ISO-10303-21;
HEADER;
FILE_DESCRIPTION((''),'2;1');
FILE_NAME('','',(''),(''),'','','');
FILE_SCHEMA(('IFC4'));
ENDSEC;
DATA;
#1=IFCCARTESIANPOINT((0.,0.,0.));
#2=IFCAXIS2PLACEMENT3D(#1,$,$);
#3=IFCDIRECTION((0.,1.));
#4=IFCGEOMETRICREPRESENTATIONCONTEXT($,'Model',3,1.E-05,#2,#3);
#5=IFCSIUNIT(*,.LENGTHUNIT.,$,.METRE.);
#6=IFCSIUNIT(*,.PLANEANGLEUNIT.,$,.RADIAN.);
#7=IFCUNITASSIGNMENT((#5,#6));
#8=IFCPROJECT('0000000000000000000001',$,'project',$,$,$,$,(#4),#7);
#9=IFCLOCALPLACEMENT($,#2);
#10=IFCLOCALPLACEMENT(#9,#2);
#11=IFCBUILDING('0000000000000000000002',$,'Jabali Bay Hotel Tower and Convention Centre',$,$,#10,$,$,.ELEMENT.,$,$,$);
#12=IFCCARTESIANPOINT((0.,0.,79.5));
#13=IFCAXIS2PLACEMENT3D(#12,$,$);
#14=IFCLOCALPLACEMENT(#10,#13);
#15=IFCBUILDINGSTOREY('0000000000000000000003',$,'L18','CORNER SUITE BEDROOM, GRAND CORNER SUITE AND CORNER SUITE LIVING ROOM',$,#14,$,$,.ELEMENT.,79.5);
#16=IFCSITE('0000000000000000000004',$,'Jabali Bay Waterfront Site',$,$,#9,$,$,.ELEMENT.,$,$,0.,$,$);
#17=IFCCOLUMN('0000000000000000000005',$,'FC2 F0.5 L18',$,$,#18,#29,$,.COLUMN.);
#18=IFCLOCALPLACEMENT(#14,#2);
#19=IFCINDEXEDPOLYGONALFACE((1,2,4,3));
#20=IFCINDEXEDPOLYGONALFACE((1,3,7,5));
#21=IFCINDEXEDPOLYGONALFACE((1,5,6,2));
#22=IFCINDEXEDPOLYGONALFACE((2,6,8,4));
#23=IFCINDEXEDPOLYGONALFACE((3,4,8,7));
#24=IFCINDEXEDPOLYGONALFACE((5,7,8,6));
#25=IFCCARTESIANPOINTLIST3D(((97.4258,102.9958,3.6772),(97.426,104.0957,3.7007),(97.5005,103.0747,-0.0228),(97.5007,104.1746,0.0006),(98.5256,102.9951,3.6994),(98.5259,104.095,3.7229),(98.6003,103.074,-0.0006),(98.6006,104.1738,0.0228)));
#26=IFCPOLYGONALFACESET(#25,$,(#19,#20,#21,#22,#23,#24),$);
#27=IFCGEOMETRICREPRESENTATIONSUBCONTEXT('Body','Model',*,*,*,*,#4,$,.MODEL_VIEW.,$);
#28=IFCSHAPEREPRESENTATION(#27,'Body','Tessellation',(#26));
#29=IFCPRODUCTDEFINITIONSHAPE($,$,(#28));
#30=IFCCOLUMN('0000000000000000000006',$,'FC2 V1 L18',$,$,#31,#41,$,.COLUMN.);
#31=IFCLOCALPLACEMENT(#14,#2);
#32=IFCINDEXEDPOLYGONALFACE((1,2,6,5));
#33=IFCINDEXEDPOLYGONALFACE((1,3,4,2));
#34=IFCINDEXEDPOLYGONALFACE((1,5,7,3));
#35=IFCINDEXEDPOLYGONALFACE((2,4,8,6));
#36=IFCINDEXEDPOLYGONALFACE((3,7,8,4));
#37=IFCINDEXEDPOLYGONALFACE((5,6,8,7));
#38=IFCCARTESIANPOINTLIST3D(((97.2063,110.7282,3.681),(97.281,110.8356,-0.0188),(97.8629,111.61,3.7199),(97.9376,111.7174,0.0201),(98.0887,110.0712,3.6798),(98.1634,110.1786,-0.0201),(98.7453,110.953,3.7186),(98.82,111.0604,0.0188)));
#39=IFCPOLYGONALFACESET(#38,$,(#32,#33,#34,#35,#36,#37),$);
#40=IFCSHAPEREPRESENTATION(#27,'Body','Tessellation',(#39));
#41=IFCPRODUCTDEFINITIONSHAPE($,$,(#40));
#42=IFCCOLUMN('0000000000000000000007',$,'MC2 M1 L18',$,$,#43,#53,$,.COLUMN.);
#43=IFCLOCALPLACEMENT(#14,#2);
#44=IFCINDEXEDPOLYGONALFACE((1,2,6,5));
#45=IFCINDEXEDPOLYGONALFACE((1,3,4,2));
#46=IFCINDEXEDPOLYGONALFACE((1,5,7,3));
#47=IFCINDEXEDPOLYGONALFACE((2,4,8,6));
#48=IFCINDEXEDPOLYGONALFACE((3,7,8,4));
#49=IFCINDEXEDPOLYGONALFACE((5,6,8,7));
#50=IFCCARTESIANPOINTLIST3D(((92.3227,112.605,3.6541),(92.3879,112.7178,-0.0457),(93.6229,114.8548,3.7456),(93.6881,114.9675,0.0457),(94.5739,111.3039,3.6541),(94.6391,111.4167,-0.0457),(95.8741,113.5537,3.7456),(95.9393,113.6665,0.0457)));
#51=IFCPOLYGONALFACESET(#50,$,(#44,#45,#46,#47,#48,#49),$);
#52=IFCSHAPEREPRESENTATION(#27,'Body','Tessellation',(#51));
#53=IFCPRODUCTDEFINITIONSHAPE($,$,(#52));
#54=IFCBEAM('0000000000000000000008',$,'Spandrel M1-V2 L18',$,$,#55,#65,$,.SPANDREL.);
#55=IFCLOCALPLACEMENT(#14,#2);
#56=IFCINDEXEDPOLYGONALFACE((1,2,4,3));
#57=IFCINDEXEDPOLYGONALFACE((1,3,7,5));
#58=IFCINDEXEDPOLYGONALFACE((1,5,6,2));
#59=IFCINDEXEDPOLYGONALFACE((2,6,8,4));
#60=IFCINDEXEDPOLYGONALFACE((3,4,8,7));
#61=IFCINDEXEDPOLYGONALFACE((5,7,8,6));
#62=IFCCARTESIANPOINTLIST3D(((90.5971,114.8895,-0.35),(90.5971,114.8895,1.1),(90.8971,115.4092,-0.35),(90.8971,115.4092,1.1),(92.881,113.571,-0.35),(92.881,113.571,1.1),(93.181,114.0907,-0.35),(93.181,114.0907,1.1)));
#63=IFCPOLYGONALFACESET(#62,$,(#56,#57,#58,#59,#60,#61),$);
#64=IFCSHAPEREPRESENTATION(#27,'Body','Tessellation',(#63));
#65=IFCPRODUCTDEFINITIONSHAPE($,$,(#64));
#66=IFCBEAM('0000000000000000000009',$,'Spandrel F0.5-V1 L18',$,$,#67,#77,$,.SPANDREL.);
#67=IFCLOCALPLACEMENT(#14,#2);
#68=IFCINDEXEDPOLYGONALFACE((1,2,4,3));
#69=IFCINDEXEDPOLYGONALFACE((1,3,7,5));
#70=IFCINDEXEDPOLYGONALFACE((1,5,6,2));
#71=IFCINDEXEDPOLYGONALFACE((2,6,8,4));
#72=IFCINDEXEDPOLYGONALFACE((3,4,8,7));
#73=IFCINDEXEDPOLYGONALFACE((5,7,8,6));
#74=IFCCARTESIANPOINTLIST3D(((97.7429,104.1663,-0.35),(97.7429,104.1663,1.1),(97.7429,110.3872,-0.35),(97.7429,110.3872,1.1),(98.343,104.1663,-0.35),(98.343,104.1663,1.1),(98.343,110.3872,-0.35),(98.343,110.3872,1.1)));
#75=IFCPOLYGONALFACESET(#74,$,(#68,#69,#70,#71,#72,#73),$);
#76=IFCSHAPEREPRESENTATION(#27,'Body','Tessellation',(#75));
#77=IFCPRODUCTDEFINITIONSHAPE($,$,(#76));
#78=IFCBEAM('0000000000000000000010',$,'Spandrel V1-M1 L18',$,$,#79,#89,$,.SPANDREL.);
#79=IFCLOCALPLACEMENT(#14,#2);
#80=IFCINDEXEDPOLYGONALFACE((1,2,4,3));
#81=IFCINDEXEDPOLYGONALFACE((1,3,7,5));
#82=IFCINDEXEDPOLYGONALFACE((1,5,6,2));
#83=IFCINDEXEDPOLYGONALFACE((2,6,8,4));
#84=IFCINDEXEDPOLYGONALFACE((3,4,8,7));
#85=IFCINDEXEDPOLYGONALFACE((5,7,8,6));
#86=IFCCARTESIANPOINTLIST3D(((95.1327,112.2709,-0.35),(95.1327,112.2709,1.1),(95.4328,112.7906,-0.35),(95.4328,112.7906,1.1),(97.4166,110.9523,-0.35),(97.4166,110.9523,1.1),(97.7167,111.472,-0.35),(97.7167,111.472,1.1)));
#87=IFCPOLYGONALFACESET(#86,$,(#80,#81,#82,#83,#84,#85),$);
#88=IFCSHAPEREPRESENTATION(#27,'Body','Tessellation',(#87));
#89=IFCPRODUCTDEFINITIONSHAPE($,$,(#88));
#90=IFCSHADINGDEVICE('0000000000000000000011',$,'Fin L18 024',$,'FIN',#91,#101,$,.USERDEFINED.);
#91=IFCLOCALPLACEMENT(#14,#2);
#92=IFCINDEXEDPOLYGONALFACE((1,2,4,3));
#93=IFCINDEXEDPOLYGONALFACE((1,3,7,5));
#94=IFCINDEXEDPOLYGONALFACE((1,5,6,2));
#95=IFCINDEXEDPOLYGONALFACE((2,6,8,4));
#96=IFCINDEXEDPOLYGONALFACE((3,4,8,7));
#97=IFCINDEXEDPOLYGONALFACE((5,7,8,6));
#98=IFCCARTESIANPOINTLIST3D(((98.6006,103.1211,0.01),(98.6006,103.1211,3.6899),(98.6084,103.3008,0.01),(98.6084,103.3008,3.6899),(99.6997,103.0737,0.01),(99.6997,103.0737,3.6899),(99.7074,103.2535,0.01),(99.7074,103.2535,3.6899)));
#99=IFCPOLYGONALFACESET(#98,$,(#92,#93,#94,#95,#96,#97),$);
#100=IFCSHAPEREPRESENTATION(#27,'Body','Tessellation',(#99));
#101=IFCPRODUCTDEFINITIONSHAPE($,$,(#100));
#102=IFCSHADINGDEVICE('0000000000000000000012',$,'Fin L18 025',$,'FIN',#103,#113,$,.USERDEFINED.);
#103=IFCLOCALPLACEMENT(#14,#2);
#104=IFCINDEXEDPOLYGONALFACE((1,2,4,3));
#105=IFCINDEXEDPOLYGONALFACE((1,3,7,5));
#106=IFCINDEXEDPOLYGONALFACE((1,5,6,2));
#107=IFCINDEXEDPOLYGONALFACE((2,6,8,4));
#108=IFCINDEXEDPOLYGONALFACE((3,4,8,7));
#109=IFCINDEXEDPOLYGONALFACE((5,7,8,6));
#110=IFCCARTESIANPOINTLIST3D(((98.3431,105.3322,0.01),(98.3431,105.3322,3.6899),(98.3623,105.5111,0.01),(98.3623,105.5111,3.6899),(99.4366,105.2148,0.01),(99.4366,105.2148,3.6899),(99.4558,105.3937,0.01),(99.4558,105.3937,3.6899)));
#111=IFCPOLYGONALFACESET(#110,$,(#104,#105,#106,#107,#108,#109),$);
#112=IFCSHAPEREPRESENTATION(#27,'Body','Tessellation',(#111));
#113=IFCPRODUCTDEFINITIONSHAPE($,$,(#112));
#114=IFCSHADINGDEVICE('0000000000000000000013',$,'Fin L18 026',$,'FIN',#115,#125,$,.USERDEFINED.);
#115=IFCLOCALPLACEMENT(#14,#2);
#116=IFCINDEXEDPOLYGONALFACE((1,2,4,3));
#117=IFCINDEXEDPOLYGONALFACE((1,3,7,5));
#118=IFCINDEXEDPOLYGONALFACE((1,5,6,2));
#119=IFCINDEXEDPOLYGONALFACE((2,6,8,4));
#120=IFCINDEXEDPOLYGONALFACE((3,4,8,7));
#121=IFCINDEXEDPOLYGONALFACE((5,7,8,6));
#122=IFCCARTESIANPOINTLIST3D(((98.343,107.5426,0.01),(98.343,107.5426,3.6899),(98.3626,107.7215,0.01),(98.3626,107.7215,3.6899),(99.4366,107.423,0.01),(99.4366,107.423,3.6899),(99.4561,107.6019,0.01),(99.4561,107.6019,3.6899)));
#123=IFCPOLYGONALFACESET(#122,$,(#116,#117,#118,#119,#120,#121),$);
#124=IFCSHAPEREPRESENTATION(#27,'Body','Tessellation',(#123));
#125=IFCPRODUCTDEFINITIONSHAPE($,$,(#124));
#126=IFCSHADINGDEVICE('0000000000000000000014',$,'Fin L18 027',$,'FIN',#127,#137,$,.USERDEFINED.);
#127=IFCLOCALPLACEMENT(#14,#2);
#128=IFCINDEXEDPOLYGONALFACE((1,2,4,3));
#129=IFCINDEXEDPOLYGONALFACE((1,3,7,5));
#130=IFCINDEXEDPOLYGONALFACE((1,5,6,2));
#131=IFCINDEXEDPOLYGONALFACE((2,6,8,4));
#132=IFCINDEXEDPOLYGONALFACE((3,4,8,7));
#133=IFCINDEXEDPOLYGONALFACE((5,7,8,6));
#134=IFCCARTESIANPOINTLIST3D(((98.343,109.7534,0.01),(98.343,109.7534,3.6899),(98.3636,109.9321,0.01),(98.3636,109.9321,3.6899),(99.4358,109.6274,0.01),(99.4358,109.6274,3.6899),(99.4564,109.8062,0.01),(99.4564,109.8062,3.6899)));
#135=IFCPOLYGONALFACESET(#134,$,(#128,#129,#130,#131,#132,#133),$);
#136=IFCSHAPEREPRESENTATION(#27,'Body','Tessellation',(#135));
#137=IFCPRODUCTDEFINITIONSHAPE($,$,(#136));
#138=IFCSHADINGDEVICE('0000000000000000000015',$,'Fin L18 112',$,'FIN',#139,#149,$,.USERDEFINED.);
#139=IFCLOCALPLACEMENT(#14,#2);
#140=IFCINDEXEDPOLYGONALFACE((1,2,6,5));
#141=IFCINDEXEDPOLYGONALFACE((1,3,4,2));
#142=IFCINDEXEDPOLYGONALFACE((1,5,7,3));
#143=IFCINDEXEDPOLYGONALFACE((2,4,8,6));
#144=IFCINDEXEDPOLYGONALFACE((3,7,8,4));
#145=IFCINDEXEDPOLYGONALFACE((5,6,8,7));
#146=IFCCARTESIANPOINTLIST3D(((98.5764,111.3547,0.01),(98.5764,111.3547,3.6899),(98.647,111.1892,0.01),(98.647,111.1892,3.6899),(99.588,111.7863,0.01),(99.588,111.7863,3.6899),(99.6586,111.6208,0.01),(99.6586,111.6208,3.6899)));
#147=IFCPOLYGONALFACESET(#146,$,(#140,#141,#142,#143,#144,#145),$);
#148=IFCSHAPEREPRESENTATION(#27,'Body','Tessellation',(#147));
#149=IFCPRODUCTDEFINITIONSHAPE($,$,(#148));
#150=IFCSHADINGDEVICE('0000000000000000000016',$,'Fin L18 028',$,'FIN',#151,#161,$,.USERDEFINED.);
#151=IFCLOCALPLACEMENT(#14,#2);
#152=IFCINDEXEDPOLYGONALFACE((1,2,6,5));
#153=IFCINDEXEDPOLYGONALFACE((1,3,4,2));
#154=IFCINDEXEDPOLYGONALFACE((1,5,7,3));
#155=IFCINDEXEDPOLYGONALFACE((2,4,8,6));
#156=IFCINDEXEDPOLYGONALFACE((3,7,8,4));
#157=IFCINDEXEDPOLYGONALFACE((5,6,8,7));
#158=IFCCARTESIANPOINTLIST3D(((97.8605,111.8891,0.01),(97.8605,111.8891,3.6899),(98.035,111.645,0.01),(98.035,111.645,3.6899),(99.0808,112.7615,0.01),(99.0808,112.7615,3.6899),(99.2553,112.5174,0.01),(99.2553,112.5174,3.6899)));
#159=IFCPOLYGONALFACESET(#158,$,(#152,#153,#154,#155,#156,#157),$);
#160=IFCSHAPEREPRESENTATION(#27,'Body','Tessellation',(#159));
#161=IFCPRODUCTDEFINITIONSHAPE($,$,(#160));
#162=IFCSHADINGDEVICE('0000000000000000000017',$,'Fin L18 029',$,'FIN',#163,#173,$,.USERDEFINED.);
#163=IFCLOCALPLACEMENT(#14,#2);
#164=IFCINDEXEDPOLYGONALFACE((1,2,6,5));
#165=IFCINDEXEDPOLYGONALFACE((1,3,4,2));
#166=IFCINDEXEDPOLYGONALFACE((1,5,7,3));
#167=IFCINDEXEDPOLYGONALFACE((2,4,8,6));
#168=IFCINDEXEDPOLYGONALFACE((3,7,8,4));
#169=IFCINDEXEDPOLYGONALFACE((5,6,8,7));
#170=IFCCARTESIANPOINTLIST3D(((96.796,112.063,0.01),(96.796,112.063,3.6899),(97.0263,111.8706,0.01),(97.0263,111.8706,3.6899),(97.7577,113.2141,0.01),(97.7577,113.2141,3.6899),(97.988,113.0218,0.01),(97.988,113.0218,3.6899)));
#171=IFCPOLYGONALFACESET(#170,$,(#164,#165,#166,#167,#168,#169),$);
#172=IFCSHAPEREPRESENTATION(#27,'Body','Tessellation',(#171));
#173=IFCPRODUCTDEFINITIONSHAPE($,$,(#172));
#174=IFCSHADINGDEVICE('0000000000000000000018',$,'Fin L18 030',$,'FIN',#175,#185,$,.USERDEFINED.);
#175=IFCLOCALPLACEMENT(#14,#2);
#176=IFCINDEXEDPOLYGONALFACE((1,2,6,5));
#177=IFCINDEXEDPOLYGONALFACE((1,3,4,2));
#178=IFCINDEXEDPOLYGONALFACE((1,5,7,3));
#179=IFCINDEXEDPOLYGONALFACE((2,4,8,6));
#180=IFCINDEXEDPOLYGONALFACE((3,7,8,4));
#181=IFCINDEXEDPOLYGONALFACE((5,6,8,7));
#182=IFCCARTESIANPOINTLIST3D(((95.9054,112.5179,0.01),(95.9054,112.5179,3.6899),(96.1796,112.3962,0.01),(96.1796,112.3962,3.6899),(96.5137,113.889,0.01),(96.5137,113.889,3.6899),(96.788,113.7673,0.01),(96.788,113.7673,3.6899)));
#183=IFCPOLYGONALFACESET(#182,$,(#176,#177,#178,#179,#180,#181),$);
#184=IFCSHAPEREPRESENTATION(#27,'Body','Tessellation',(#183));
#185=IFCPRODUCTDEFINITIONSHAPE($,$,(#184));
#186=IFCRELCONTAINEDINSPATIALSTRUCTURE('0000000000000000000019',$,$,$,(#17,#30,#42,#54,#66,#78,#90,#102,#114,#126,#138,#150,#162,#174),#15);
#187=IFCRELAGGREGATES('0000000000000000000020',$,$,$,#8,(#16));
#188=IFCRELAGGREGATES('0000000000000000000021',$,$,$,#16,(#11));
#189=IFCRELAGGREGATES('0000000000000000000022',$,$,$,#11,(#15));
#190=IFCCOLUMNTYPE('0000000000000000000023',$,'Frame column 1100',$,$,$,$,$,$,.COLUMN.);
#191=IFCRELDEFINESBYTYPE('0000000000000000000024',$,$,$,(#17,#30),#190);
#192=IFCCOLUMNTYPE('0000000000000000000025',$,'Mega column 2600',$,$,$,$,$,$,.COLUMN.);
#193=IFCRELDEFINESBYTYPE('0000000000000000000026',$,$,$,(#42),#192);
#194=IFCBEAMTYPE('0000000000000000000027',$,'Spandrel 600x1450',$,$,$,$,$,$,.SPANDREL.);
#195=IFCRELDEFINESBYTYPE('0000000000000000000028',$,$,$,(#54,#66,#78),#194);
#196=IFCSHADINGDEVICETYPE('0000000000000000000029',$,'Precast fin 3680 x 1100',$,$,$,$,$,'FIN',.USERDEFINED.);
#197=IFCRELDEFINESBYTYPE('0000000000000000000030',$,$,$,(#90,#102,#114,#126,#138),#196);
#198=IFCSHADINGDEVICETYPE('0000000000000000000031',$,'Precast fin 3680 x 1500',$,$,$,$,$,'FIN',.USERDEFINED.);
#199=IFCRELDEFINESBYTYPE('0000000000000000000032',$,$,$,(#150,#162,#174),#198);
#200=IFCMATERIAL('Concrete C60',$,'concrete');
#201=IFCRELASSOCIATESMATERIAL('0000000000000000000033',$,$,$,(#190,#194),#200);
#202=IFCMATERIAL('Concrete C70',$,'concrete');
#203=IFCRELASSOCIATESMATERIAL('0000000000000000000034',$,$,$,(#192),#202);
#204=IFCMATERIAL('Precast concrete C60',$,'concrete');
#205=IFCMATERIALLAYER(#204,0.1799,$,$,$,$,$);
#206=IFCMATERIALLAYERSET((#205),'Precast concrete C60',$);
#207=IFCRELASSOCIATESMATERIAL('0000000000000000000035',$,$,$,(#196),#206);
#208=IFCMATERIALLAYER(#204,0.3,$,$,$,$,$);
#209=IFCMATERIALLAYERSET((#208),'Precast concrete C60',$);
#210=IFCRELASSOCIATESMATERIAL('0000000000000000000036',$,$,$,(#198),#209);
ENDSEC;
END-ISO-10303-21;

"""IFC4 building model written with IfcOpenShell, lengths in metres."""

from ifc_helpers import new_model, si_unit, direction, frame, frame_2d, origin, origin_2d, place, context, subcontext, project, spatial, rectangle, extrude, material, layer, layer_set, material_profile, profile_set, type_object, element, save


model = new_model("IFC4")

# Units and contexts
model_context = context("Model", 3, precision=1e-05, world=origin(), true_north=direction((0.0, 1.0)))
body_context = subcontext(model_context, "Body", "Model", "MODEL_VIEW")
ifc_project = project(units=[si_unit("LENGTHUNIT", "METRE"), si_unit("PLANEANGLEUNIT", "RADIAN")], contexts=[model_context])

# Site, building, storey
site_placement = place(None, origin())
site = spatial("IfcSite", under=ifc_project, at=site_placement, Name="Jabali Bay Waterfront Site", CompositionType="ELEMENT", RefElevation=0.0)
building_placement = place(site_placement, origin())
building = spatial("IfcBuilding", under=site, at=building_placement, Name="Jabali Bay Hotel Tower and Convention Centre", CompositionType="ELEMENT")
storey_placement = place(building_placement, frame((0.0, 0.0, 79.5)))
storey = spatial("IfcBuildingStorey", under=building, at=storey_placement, Name="L18", Description="CORNER SUITE BEDROOM, GRAND CORNER SUITE AND CORNER SUITE LIVING ROOM", CompositionType="ELEMENT", Elevation=79.5)

# Columns
ifc_material_1 = material(Name="Concrete C60", Category="concrete")
ifc_material_profile_1 = material_profile(ifc_material_1, rectangle(XDim=1.1001, YDim=1.1001, at=origin_2d()), Name="Frame column 1100")
ifc_profile_set_1 = profile_set([ifc_material_profile_1], Name="Concrete C60")
column_type_1 = type_object("IfcColumnType", Name="Frame column 1100", PredefinedType="COLUMN", material=ifc_profile_set_1)
column_1_placement = place(storey_placement, frame((98.0505, 103.6243, 0.0), z_axis=(-0.020183, -0.021304, 0.999569), x_axis=(0.999796, -0.000658, 0.020173)))
element("IfcColumn", 1, at=column_1_placement, inside=storey, type_object=column_type_1, Name="FC2 F0.5 L18", PredefinedType="COLUMN", context=body_context, shape_type="SweptSolid", body=[
    extrude(rectangle(XDim=1.1001, YDim=1.1001, at=origin_2d()), origin(), (0.0, 0.0, 1.0), 3.7017),
])
column_2_placement = place(storey_placement, frame((98.0505, 110.948, 0.0), z_axis=(-0.020179, -0.029015, 0.999375), x_axis=(0.596856, 0.80157, 0.035324)))
element("IfcColumn", 2, at=column_2_placement, inside=storey, type_object=column_type_1, Name="FC2 V1 L18", PredefinedType="COLUMN", context=body_context, shape_type="SweptSolid", body=[
    extrude(rectangle(XDim=1.1001, YDim=1.1001, at=origin_2d()), origin(), (0.0, 0.0, 1.0), 3.7021),
])
ifc_material_2 = material(Name="Concrete C70", Category="concrete")
ifc_material_profile_2 = material_profile(ifc_material_2, rectangle(XDim=2.6001, YDim=2.6001, at=origin_2d()), Name="Mega column 2600")
ifc_profile_set_2 = profile_set([ifc_material_profile_2], Name="Concrete C70")
column_type_2 = type_object("IfcColumnType", Name="Mega column 2600", PredefinedType="COLUMN", material=ifc_profile_set_2)
column_3_placement = place(storey_placement, frame((94.1636, 113.1921, 0.0), z_axis=(-0.017607, -0.030466, 0.999381), x_axis=(0.500065, 0.865273, 0.035188)))
element("IfcColumn", 3, at=column_3_placement, inside=storey, type_object=column_type_2, Name="MC2 M1 L18", PredefinedType="COLUMN", context=body_context, shape_type="SweptSolid", body=[
    extrude(rectangle(XDim=2.6001, YDim=2.6001, at=origin_2d()), origin(), (0.0, 0.0, 1.0), 3.7021),
])

# Beams
ifc_material_profile_3 = material_profile(ifc_material_1, rectangle(XDim=0.6001, YDim=1.45, at=origin_2d()), Name="Spandrel 600x1450")
ifc_profile_set_3 = profile_set([ifc_material_profile_3], Name="Concrete C60")
beam_type = type_object("IfcBeamType", Name="Spandrel 600x1450", PredefinedType="SPANDREL", material=ifc_profile_set_3)
beam_1_placement = place(storey_placement, frame((93.031, 113.8308, 0.375), z_axis=(-0.86603, 0.499992, 0.0), x_axis=(-0.499992, -0.86603, 0.0)))
element("IfcBeam", 4, at=beam_1_placement, inside=storey, type_object=beam_type, Name="Spandrel M1-V2 L18", PredefinedType="SPANDREL", context=body_context, shape_type="SweptSolid", body=[
    extrude(rectangle(XDim=0.6001, YDim=1.45, at=origin_2d()), origin(), (0.0, 0.0, 1.0), 2.6372),
])
beam_2_placement = place(storey_placement, frame((98.043, 104.1663, 0.375), z_axis=(0.0, 1.0, 0.0), x_axis=(-1.0, 0.0, 0.0)))
element("IfcBeam", 5, at=beam_2_placement, inside=storey, type_object=beam_type, Name="Spandrel F0.5-V1 L18", PredefinedType="SPANDREL", context=body_context, shape_type="SweptSolid", body=[
    extrude(rectangle(XDim=0.6001, YDim=1.45, at=origin_2d()), origin(), (0.0, 0.0, 1.0), 6.2209),
])
beam_3_placement = place(storey_placement, frame((97.5667, 111.2122, 0.375), z_axis=(-0.86603, 0.499992, 0.0), x_axis=(-0.499992, -0.86603, 0.0)))
element("IfcBeam", 6, at=beam_3_placement, inside=storey, type_object=beam_type, Name="Spandrel V1-M1 L18", PredefinedType="SPANDREL", context=body_context, shape_type="SweptSolid", body=[
    extrude(rectangle(XDim=0.6001, YDim=1.45, at=origin_2d()), origin(), (0.0, 0.0, 1.0), 2.6372),
])

# Shading devices
ifc_material_3 = material(Name="Precast concrete C60", Category="concrete")
ifc_layer_1 = layer(ifc_material_3, 0.1799)
ifc_layer_set_1 = layer_set([ifc_layer_1], Name="Precast concrete C60")
shading_device_type_1 = type_object("IfcShadingDeviceType", Name="Precast fin 3680 x 1100", ElementType="FIN", PredefinedType="USERDEFINED", material=ifc_layer_set_1)
shading_device_1_placement = place(storey_placement, frame((98.6045, 103.2109, 0.01), z_axis=(0.0, 0.0, 1.0), x_axis=(0.999073, -0.043052, 0.0)))
element("IfcShadingDevice", 7, at=shading_device_1_placement, inside=storey, type_object=shading_device_type_1, Name="Fin L18 024", ObjectType="FIN", PredefinedType="USERDEFINED", context=body_context, shape_type="SweptSolid", body=[
    extrude(rectangle(XDim=1.1001, YDim=0.1799, at=frame_2d((0.55, 0.0))), origin(), (0.0, 0.0, 1.0), 3.6799),
])
shading_device_2_placement = place(storey_placement, frame((98.3528, 105.4216, 0.01), z_axis=(0.0, 0.0, 1.0), x_axis=(0.994283, -0.106776, 0.0)))
element("IfcShadingDevice", 8, at=shading_device_2_placement, inside=storey, type_object=shading_device_type_1, Name="Fin L18 025", ObjectType="FIN", PredefinedType="USERDEFINED", context=body_context, shape_type="SweptSolid", body=[
    extrude(rectangle(XDim=1.0999, YDim=0.1799, at=frame_2d((0.5498, 0.0))), origin(), (0.0, 0.0, 1.0), 3.6799),
])
for number, where, z_axis, x_axis, name in (
    (9, (98.3528, 107.6321, 0.01), (0.0, 0.0, 1.0), (0.994069, -0.108751, 0.0), "Fin L18 026"),
    (10, (98.3533, 109.8428, 0.01), (0.0, 0.0, 1.0), (0.993421, -0.114523, 0.0), "Fin L18 027"),
):
    element("IfcShadingDevice", number, at=place(storey_placement, frame(where, z_axis=z_axis, x_axis=x_axis)), inside=storey, type_object=shading_device_type_1, Name=name, ObjectType="FIN", PredefinedType="USERDEFINED", context=body_context, shape_type="SweptSolid", body=[
        extrude(rectangle(XDim=1.1001, YDim=0.1799, at=frame_2d((0.55, 0.0))), origin(), (0.0, 0.0, 1.0), 3.6799),
    ])
shading_device_3_placement = place(storey_placement, frame((98.6118, 111.272, 0.01), z_axis=(0.0, 0.0, 1.0), x_axis=(0.919787, 0.392419, 0.0)))
element("IfcShadingDevice", 11, at=shading_device_3_placement, inside=storey, type_object=shading_device_type_1, Name="Fin L18 112", ObjectType="FIN", PredefinedType="USERDEFINED", context=body_context, shape_type="SweptSolid", body=[
    extrude(rectangle(XDim=1.0999, YDim=0.1799, at=frame_2d((0.5498, 0.0))), origin(), (0.0, 0.0, 1.0), 3.6799),
])
ifc_layer_2 = layer(ifc_material_3, 0.3)
ifc_layer_set_2 = layer_set([ifc_layer_2], Name="Precast concrete C60")
shading_device_type_2 = type_object("IfcShadingDeviceType", Name="Precast fin 3680 x 1500", ElementType="FIN", PredefinedType="USERDEFINED", material=ifc_layer_set_2)
for number, where, z_axis, x_axis, name in (
    (12, (97.9478, 111.7671, 0.01), (0.0, 0.0, 1.0), (0.813502, 0.581561, 0.0), "Fin L18 028"),
    (13, (96.9111, 111.9668, 0.01), (0.0, 0.0, 1.0), (0.641128, 0.767434, 0.0), "Fin L18 029"),
    (14, (96.0425, 112.457, 0.01), (0.0, 0.0, 1.0), (0.405595, 0.914053, 0.0), "Fin L18 030"),
):
    element("IfcShadingDevice", number, at=place(storey_placement, frame(where, z_axis=z_axis, x_axis=x_axis)), inside=storey, type_object=shading_device_type_2, Name=name, ObjectType="FIN", PredefinedType="USERDEFINED", context=body_context, shape_type="SweptSolid", body=[
        extrude(rectangle(XDim=1.5, YDim=0.3, at=frame_2d((0.75, 0.0))), origin(), (0.0, 0.0, 1.0), 3.6799),
    ])

save(model, "model.ifc")
